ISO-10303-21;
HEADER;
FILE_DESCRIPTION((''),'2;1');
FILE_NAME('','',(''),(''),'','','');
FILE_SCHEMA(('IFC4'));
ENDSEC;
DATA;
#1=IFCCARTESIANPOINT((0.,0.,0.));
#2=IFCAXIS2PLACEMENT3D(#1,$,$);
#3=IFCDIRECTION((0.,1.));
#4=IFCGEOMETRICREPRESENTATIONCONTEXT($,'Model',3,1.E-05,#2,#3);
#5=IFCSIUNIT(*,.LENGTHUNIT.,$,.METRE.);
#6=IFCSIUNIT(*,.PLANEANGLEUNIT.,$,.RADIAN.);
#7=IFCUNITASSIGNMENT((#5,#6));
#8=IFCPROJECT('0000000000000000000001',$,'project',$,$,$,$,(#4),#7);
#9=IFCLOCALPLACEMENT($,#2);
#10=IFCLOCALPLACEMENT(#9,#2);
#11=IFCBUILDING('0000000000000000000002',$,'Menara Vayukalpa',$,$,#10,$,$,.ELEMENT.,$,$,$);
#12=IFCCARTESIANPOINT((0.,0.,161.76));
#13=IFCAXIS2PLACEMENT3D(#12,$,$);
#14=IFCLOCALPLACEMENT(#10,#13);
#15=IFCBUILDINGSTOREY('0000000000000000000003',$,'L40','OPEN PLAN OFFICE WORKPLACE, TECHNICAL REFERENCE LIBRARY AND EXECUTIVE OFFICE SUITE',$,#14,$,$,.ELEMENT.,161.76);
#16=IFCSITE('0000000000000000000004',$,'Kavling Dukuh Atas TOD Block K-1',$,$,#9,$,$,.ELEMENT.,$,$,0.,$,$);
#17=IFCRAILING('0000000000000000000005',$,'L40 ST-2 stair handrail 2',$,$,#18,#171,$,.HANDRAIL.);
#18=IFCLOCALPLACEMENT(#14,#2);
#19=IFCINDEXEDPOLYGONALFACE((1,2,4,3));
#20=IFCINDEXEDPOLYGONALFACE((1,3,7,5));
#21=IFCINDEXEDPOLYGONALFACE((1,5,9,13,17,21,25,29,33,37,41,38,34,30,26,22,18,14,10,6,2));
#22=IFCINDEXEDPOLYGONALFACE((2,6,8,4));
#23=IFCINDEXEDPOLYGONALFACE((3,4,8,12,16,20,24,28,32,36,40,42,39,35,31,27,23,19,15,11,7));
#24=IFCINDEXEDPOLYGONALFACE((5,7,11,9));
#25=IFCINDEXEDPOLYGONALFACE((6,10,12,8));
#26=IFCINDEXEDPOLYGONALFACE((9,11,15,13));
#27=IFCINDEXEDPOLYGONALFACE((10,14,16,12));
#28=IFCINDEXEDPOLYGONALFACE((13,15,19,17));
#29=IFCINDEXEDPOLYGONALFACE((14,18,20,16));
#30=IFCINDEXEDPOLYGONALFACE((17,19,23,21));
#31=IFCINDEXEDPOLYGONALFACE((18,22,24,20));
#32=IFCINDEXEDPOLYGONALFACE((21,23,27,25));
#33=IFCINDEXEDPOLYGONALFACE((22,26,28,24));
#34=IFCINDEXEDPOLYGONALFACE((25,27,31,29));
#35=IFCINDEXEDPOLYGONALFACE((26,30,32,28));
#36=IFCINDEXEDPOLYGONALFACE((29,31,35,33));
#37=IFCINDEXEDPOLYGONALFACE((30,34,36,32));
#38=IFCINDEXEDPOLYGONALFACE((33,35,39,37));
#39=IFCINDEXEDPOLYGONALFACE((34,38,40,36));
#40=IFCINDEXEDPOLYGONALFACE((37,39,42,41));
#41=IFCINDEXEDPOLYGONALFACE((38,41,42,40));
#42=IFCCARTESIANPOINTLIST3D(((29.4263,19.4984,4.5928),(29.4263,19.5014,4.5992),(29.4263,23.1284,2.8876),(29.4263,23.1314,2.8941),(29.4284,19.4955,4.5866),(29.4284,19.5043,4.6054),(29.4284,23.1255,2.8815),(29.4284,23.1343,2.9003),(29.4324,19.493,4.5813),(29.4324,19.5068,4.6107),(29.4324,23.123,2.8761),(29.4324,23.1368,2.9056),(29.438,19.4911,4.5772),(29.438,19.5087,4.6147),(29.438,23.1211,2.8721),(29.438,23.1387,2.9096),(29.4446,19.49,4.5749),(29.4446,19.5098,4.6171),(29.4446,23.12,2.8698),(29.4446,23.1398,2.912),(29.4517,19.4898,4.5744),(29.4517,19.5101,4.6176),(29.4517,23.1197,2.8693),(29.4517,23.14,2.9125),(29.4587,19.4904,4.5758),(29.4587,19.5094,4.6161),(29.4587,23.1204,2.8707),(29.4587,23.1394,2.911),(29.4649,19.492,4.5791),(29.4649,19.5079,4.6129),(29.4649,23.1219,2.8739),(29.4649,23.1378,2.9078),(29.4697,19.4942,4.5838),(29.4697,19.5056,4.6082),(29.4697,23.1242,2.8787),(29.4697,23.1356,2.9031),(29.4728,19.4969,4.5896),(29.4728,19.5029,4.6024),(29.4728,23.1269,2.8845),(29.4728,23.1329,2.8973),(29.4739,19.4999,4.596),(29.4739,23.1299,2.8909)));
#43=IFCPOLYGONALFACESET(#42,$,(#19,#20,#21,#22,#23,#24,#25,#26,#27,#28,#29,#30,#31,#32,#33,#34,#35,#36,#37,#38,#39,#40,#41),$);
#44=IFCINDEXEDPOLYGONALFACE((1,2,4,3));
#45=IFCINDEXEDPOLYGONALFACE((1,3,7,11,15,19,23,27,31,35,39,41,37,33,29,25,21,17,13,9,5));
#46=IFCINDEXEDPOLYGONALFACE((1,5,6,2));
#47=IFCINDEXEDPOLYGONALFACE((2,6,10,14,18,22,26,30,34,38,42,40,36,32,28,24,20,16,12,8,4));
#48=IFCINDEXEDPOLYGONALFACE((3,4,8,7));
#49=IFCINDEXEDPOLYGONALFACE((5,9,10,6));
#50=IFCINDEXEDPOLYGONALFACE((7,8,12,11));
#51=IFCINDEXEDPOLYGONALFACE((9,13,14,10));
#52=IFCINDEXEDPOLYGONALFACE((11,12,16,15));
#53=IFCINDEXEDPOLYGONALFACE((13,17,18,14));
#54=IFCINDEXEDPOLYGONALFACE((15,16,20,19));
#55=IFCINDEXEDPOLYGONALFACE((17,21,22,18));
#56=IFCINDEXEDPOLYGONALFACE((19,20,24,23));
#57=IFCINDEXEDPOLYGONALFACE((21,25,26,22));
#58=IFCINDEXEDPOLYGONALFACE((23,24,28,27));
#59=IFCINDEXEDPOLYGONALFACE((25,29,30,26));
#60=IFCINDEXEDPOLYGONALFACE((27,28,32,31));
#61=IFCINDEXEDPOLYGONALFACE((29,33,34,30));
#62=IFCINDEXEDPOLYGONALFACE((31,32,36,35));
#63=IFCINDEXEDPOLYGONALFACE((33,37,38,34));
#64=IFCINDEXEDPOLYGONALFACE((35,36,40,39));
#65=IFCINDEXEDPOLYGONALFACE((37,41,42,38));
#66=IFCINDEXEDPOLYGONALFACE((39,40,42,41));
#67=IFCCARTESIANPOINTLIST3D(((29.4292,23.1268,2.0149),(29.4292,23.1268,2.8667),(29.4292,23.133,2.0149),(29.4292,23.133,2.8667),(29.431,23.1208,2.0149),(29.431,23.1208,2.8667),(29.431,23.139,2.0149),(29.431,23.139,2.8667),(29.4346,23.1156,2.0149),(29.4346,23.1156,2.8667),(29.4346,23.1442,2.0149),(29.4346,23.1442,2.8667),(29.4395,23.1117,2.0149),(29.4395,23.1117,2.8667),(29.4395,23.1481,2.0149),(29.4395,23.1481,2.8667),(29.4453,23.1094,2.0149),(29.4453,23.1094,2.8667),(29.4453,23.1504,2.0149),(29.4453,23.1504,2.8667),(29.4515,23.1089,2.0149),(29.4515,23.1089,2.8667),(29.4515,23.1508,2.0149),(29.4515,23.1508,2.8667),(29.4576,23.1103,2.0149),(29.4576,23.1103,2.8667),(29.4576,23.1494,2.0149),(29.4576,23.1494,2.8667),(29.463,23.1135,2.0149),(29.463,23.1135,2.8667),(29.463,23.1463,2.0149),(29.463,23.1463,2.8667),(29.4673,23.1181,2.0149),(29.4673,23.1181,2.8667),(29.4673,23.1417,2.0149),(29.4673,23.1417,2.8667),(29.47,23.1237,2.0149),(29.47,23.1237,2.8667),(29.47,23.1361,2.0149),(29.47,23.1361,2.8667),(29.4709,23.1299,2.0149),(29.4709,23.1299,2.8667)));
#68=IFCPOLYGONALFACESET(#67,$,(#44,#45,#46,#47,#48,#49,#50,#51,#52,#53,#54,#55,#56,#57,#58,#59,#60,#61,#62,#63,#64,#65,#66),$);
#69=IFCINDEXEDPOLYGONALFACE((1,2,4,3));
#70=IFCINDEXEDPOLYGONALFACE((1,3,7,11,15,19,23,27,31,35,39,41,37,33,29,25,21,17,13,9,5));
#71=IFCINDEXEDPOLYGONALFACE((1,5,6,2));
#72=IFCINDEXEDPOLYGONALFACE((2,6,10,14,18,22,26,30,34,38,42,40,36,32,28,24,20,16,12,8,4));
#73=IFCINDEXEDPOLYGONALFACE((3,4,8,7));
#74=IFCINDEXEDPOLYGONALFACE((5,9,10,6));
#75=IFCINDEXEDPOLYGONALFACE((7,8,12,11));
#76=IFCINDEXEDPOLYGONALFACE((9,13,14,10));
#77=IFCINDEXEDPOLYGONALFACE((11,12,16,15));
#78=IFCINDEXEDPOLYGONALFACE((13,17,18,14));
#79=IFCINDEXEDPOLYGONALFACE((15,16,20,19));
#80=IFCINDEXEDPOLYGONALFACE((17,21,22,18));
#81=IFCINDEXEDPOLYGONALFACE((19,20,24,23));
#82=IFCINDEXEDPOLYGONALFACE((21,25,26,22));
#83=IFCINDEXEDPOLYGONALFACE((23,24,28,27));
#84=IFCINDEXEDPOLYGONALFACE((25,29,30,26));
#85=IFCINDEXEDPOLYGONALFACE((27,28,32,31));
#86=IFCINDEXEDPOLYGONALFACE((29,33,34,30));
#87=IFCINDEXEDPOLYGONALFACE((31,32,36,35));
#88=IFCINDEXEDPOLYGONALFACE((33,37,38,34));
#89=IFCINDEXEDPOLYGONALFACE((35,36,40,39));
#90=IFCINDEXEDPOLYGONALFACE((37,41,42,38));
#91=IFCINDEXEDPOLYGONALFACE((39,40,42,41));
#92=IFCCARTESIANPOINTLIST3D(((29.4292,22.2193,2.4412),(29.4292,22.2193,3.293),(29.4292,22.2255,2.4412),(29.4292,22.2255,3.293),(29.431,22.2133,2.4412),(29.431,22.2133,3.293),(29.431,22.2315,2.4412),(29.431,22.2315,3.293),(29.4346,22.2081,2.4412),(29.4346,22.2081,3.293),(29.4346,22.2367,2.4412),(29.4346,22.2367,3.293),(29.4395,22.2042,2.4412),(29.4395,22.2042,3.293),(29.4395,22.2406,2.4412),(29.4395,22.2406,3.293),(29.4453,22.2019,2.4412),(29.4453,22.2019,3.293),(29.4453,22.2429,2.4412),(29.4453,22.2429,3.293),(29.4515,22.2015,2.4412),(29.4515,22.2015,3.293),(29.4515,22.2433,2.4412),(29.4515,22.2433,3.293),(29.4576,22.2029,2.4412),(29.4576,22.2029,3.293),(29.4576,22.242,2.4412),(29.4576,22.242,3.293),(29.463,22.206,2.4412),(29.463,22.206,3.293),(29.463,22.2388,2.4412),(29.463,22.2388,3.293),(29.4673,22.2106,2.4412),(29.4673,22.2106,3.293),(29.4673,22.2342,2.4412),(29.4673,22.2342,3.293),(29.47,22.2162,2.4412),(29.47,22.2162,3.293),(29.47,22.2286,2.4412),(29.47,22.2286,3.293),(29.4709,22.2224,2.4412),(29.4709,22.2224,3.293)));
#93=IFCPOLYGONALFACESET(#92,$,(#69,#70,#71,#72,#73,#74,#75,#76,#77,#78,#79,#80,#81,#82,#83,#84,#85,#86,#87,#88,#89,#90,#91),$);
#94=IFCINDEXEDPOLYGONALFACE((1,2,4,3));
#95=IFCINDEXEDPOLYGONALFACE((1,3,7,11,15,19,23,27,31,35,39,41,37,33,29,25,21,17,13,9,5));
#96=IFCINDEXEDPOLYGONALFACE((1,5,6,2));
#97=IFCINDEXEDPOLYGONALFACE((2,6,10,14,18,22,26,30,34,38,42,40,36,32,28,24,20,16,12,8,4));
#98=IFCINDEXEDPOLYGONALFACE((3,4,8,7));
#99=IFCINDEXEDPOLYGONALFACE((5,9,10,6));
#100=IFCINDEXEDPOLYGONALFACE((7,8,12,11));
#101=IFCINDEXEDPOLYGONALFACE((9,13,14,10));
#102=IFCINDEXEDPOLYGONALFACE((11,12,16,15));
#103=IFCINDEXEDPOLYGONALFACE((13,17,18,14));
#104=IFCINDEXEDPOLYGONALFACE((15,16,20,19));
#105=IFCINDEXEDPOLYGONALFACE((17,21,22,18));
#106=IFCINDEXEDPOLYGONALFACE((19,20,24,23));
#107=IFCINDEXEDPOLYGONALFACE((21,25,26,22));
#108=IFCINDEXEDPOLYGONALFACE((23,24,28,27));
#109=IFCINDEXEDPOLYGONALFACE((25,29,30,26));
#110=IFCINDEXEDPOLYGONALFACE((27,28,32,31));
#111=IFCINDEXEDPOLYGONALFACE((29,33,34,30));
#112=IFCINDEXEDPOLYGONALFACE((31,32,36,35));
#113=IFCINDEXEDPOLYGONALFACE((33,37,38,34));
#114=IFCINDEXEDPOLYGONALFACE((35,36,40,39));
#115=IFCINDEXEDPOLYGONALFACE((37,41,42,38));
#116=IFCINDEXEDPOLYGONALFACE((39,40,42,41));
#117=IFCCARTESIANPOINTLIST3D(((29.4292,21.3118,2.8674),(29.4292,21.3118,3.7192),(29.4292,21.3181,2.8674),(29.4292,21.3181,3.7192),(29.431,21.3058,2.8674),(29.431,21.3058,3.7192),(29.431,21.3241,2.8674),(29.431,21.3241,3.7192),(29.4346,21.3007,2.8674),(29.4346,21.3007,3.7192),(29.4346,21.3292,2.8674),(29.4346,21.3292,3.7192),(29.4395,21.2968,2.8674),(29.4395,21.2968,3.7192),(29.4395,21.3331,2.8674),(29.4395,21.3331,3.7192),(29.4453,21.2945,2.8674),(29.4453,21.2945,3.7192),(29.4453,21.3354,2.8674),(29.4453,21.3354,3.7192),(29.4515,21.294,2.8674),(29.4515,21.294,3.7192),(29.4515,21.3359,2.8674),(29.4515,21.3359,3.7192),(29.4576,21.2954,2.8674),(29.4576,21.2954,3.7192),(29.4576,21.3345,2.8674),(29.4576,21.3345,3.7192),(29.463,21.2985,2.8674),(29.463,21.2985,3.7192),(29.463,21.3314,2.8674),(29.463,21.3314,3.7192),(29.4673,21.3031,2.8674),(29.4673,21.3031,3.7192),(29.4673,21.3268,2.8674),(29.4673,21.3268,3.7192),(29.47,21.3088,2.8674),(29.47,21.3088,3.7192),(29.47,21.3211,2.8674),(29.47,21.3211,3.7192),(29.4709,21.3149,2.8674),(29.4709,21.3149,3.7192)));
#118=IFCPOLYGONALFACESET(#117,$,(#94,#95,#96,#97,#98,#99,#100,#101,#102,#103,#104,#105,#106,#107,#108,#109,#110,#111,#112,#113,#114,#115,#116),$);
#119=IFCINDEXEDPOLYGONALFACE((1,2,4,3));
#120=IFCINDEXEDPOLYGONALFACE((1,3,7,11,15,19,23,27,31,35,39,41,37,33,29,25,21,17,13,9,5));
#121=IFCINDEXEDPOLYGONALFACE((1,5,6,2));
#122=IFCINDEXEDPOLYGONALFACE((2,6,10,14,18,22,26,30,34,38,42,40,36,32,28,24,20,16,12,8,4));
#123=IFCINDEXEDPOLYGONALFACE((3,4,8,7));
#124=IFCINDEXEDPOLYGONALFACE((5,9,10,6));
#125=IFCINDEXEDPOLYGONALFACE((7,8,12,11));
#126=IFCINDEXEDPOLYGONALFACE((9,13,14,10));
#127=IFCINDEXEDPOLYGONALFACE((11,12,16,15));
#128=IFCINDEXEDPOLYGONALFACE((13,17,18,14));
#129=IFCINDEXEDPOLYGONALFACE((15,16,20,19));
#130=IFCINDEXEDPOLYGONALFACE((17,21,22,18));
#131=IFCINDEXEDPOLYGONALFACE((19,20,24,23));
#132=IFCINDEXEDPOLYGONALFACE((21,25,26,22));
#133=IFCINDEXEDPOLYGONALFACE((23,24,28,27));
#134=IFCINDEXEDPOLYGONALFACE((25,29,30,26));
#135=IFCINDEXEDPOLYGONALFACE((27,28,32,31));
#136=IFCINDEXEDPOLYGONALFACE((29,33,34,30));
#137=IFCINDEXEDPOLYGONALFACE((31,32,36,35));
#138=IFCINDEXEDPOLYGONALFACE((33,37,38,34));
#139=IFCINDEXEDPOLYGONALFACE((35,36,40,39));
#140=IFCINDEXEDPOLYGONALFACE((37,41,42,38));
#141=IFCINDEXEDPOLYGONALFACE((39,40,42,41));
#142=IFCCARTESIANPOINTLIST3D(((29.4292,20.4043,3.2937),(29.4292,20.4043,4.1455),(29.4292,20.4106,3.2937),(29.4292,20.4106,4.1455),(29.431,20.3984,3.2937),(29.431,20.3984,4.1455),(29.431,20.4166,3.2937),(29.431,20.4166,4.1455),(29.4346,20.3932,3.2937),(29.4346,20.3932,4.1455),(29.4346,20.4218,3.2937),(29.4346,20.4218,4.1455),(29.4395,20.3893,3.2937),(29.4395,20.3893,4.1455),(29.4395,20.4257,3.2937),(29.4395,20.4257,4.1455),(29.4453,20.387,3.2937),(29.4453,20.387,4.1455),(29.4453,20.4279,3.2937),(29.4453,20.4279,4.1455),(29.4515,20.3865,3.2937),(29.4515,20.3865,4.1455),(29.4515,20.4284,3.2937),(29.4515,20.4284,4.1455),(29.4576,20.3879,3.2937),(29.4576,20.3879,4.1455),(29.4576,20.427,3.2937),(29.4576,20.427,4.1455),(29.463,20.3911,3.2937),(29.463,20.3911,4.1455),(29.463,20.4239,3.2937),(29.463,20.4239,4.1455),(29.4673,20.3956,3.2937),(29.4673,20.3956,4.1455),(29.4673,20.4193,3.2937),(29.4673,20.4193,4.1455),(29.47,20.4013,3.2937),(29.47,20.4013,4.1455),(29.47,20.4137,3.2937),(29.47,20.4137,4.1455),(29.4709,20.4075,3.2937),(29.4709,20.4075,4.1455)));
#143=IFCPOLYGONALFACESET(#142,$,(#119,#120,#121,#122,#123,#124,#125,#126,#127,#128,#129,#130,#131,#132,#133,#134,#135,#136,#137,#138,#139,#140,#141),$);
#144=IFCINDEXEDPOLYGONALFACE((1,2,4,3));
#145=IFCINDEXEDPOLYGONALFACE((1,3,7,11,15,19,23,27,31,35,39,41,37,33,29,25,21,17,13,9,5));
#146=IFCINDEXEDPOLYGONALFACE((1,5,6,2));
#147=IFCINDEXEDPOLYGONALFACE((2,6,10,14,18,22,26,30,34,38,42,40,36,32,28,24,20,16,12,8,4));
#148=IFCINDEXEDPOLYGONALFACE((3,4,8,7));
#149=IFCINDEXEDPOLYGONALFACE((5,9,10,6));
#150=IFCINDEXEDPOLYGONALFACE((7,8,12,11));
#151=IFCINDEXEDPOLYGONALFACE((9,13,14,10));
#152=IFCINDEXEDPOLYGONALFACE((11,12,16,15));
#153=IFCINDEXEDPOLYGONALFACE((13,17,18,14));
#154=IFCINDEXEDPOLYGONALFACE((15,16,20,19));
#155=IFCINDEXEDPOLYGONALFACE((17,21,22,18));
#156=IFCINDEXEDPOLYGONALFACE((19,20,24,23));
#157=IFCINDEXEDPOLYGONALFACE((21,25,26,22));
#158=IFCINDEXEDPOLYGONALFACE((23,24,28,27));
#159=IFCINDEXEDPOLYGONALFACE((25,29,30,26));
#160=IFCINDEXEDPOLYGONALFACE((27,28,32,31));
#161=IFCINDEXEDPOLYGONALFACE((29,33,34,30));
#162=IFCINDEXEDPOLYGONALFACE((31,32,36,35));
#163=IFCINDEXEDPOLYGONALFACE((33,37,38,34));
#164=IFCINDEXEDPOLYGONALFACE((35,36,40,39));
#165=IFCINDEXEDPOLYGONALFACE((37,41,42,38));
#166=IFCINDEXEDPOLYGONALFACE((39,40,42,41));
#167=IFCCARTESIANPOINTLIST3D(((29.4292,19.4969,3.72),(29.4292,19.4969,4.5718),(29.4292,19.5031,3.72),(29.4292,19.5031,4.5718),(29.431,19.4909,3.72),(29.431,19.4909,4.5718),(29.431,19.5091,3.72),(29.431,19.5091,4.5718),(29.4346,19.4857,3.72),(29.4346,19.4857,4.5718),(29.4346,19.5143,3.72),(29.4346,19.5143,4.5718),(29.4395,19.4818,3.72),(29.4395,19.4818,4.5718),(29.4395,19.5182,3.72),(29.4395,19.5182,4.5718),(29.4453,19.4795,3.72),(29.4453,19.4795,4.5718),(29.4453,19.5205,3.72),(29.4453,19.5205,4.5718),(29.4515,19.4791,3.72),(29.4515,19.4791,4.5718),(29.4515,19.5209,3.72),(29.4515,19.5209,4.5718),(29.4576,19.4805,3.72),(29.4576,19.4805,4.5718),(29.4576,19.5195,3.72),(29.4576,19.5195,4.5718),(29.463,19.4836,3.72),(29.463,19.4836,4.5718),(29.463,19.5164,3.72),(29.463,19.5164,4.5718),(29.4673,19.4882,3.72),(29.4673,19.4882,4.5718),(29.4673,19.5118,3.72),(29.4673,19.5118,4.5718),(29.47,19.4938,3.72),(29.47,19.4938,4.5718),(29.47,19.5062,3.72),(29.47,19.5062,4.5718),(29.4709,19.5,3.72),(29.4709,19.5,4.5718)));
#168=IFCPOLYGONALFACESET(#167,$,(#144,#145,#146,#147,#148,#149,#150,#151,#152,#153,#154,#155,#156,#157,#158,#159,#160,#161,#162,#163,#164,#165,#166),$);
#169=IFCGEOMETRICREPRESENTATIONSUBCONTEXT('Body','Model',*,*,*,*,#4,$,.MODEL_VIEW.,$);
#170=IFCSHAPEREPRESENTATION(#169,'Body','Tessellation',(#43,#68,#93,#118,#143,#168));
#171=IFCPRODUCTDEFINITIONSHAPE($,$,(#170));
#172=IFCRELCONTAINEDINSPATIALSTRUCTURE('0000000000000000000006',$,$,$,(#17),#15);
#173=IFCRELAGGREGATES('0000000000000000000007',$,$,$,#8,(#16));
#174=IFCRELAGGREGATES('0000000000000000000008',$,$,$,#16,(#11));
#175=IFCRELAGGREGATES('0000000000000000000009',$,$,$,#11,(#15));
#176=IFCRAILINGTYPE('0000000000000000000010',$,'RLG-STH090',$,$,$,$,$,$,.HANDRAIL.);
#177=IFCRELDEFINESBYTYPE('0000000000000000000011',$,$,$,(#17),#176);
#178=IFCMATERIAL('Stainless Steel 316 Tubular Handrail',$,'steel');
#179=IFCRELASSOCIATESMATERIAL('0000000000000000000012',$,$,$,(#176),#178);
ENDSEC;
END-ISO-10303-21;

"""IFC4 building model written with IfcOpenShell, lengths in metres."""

from ifc_helpers import new_model, si_unit, direction, frame, origin, origin_2d, place, context, subcontext, project, spatial, circle, extrude, material, type_object, element, save


model = new_model("IFC4")

# Units and contexts
model_context = context("Model", 3, precision=1e-05, world=origin(), true_north=direction((0.0, 1.0)))
body_context = subcontext(model_context, "Body", "Model", "MODEL_VIEW")
ifc_project = project(units=[si_unit("LENGTHUNIT", "METRE"), si_unit("PLANEANGLEUNIT", "RADIAN")], contexts=[model_context])

# Site, building, storey
site_placement = place(None, origin())
site = spatial("IfcSite", under=ifc_project, at=site_placement, Name="Kavling Dukuh Atas TOD Block K-1", CompositionType="ELEMENT", RefElevation=0.0)
building_placement = place(site_placement, origin())
building = spatial("IfcBuilding", under=site, at=building_placement, Name="Menara Vayukalpa", CompositionType="ELEMENT")
storey_placement = place(building_placement, frame((0.0, 0.0, 161.76)))
storey = spatial("IfcBuildingStorey", under=building, at=storey_placement, Name="L40", Description="OPEN PLAN OFFICE WORKPLACE, TECHNICAL REFERENCE LIBRARY AND EXECUTIVE OFFICE SUITE", CompositionType="ELEMENT", Elevation=161.76)

# Railing
ifc_material_1 = material(Name="Stainless Steel 316 Tubular Handrail", Category="steel")
railing_type_1 = type_object("IfcRailingType", Name="RLG-STH090", PredefinedType="HANDRAIL", material=ifc_material_1)
railing_1_placement = place(storey_placement, frame((29.45, 23.1299, 2.0149)))
element("IfcRailing", 1, at=railing_1_placement, inside=storey, type_object=railing_type_1, Name="L40 ST-2 stair handrail 2", PredefinedType="HANDRAIL", context=body_context, shape_type="SweptSolid", body=[
    extrude(circle(Radius=0.0239, at=origin_2d()), frame((0.0, 0.0, 0.876), z_axis=(0.0, -0.905116, 0.425164), x_axis=(1.0, 0.0, 0.0)), (0.0, 0.0, 1.0), 4.0105),
    extrude(circle(Radius=0.021, at=origin_2d()), origin(), (0.0, 0.0, 1.0), 0.8518),
    extrude(circle(Radius=0.021, at=origin_2d()), frame((0.0, -0.9075, 0.4263)), (0.0, 0.0, 1.0), 0.8518),
    extrude(circle(Radius=0.021, at=origin_2d()), frame((0.0, -1.8149, 0.8525)), (0.0, 0.0, 1.0), 0.8518),
    extrude(circle(Radius=0.021, at=origin_2d()), frame((0.0, -2.7224, 1.2788)), (0.0, 0.0, 1.0), 0.8518),
    extrude(circle(Radius=0.021, at=origin_2d()), frame((0.0, -3.6299, 1.7051)), (0.0, 0.0, 1.0), 0.8518),
])

save(model, "model.ifc")
